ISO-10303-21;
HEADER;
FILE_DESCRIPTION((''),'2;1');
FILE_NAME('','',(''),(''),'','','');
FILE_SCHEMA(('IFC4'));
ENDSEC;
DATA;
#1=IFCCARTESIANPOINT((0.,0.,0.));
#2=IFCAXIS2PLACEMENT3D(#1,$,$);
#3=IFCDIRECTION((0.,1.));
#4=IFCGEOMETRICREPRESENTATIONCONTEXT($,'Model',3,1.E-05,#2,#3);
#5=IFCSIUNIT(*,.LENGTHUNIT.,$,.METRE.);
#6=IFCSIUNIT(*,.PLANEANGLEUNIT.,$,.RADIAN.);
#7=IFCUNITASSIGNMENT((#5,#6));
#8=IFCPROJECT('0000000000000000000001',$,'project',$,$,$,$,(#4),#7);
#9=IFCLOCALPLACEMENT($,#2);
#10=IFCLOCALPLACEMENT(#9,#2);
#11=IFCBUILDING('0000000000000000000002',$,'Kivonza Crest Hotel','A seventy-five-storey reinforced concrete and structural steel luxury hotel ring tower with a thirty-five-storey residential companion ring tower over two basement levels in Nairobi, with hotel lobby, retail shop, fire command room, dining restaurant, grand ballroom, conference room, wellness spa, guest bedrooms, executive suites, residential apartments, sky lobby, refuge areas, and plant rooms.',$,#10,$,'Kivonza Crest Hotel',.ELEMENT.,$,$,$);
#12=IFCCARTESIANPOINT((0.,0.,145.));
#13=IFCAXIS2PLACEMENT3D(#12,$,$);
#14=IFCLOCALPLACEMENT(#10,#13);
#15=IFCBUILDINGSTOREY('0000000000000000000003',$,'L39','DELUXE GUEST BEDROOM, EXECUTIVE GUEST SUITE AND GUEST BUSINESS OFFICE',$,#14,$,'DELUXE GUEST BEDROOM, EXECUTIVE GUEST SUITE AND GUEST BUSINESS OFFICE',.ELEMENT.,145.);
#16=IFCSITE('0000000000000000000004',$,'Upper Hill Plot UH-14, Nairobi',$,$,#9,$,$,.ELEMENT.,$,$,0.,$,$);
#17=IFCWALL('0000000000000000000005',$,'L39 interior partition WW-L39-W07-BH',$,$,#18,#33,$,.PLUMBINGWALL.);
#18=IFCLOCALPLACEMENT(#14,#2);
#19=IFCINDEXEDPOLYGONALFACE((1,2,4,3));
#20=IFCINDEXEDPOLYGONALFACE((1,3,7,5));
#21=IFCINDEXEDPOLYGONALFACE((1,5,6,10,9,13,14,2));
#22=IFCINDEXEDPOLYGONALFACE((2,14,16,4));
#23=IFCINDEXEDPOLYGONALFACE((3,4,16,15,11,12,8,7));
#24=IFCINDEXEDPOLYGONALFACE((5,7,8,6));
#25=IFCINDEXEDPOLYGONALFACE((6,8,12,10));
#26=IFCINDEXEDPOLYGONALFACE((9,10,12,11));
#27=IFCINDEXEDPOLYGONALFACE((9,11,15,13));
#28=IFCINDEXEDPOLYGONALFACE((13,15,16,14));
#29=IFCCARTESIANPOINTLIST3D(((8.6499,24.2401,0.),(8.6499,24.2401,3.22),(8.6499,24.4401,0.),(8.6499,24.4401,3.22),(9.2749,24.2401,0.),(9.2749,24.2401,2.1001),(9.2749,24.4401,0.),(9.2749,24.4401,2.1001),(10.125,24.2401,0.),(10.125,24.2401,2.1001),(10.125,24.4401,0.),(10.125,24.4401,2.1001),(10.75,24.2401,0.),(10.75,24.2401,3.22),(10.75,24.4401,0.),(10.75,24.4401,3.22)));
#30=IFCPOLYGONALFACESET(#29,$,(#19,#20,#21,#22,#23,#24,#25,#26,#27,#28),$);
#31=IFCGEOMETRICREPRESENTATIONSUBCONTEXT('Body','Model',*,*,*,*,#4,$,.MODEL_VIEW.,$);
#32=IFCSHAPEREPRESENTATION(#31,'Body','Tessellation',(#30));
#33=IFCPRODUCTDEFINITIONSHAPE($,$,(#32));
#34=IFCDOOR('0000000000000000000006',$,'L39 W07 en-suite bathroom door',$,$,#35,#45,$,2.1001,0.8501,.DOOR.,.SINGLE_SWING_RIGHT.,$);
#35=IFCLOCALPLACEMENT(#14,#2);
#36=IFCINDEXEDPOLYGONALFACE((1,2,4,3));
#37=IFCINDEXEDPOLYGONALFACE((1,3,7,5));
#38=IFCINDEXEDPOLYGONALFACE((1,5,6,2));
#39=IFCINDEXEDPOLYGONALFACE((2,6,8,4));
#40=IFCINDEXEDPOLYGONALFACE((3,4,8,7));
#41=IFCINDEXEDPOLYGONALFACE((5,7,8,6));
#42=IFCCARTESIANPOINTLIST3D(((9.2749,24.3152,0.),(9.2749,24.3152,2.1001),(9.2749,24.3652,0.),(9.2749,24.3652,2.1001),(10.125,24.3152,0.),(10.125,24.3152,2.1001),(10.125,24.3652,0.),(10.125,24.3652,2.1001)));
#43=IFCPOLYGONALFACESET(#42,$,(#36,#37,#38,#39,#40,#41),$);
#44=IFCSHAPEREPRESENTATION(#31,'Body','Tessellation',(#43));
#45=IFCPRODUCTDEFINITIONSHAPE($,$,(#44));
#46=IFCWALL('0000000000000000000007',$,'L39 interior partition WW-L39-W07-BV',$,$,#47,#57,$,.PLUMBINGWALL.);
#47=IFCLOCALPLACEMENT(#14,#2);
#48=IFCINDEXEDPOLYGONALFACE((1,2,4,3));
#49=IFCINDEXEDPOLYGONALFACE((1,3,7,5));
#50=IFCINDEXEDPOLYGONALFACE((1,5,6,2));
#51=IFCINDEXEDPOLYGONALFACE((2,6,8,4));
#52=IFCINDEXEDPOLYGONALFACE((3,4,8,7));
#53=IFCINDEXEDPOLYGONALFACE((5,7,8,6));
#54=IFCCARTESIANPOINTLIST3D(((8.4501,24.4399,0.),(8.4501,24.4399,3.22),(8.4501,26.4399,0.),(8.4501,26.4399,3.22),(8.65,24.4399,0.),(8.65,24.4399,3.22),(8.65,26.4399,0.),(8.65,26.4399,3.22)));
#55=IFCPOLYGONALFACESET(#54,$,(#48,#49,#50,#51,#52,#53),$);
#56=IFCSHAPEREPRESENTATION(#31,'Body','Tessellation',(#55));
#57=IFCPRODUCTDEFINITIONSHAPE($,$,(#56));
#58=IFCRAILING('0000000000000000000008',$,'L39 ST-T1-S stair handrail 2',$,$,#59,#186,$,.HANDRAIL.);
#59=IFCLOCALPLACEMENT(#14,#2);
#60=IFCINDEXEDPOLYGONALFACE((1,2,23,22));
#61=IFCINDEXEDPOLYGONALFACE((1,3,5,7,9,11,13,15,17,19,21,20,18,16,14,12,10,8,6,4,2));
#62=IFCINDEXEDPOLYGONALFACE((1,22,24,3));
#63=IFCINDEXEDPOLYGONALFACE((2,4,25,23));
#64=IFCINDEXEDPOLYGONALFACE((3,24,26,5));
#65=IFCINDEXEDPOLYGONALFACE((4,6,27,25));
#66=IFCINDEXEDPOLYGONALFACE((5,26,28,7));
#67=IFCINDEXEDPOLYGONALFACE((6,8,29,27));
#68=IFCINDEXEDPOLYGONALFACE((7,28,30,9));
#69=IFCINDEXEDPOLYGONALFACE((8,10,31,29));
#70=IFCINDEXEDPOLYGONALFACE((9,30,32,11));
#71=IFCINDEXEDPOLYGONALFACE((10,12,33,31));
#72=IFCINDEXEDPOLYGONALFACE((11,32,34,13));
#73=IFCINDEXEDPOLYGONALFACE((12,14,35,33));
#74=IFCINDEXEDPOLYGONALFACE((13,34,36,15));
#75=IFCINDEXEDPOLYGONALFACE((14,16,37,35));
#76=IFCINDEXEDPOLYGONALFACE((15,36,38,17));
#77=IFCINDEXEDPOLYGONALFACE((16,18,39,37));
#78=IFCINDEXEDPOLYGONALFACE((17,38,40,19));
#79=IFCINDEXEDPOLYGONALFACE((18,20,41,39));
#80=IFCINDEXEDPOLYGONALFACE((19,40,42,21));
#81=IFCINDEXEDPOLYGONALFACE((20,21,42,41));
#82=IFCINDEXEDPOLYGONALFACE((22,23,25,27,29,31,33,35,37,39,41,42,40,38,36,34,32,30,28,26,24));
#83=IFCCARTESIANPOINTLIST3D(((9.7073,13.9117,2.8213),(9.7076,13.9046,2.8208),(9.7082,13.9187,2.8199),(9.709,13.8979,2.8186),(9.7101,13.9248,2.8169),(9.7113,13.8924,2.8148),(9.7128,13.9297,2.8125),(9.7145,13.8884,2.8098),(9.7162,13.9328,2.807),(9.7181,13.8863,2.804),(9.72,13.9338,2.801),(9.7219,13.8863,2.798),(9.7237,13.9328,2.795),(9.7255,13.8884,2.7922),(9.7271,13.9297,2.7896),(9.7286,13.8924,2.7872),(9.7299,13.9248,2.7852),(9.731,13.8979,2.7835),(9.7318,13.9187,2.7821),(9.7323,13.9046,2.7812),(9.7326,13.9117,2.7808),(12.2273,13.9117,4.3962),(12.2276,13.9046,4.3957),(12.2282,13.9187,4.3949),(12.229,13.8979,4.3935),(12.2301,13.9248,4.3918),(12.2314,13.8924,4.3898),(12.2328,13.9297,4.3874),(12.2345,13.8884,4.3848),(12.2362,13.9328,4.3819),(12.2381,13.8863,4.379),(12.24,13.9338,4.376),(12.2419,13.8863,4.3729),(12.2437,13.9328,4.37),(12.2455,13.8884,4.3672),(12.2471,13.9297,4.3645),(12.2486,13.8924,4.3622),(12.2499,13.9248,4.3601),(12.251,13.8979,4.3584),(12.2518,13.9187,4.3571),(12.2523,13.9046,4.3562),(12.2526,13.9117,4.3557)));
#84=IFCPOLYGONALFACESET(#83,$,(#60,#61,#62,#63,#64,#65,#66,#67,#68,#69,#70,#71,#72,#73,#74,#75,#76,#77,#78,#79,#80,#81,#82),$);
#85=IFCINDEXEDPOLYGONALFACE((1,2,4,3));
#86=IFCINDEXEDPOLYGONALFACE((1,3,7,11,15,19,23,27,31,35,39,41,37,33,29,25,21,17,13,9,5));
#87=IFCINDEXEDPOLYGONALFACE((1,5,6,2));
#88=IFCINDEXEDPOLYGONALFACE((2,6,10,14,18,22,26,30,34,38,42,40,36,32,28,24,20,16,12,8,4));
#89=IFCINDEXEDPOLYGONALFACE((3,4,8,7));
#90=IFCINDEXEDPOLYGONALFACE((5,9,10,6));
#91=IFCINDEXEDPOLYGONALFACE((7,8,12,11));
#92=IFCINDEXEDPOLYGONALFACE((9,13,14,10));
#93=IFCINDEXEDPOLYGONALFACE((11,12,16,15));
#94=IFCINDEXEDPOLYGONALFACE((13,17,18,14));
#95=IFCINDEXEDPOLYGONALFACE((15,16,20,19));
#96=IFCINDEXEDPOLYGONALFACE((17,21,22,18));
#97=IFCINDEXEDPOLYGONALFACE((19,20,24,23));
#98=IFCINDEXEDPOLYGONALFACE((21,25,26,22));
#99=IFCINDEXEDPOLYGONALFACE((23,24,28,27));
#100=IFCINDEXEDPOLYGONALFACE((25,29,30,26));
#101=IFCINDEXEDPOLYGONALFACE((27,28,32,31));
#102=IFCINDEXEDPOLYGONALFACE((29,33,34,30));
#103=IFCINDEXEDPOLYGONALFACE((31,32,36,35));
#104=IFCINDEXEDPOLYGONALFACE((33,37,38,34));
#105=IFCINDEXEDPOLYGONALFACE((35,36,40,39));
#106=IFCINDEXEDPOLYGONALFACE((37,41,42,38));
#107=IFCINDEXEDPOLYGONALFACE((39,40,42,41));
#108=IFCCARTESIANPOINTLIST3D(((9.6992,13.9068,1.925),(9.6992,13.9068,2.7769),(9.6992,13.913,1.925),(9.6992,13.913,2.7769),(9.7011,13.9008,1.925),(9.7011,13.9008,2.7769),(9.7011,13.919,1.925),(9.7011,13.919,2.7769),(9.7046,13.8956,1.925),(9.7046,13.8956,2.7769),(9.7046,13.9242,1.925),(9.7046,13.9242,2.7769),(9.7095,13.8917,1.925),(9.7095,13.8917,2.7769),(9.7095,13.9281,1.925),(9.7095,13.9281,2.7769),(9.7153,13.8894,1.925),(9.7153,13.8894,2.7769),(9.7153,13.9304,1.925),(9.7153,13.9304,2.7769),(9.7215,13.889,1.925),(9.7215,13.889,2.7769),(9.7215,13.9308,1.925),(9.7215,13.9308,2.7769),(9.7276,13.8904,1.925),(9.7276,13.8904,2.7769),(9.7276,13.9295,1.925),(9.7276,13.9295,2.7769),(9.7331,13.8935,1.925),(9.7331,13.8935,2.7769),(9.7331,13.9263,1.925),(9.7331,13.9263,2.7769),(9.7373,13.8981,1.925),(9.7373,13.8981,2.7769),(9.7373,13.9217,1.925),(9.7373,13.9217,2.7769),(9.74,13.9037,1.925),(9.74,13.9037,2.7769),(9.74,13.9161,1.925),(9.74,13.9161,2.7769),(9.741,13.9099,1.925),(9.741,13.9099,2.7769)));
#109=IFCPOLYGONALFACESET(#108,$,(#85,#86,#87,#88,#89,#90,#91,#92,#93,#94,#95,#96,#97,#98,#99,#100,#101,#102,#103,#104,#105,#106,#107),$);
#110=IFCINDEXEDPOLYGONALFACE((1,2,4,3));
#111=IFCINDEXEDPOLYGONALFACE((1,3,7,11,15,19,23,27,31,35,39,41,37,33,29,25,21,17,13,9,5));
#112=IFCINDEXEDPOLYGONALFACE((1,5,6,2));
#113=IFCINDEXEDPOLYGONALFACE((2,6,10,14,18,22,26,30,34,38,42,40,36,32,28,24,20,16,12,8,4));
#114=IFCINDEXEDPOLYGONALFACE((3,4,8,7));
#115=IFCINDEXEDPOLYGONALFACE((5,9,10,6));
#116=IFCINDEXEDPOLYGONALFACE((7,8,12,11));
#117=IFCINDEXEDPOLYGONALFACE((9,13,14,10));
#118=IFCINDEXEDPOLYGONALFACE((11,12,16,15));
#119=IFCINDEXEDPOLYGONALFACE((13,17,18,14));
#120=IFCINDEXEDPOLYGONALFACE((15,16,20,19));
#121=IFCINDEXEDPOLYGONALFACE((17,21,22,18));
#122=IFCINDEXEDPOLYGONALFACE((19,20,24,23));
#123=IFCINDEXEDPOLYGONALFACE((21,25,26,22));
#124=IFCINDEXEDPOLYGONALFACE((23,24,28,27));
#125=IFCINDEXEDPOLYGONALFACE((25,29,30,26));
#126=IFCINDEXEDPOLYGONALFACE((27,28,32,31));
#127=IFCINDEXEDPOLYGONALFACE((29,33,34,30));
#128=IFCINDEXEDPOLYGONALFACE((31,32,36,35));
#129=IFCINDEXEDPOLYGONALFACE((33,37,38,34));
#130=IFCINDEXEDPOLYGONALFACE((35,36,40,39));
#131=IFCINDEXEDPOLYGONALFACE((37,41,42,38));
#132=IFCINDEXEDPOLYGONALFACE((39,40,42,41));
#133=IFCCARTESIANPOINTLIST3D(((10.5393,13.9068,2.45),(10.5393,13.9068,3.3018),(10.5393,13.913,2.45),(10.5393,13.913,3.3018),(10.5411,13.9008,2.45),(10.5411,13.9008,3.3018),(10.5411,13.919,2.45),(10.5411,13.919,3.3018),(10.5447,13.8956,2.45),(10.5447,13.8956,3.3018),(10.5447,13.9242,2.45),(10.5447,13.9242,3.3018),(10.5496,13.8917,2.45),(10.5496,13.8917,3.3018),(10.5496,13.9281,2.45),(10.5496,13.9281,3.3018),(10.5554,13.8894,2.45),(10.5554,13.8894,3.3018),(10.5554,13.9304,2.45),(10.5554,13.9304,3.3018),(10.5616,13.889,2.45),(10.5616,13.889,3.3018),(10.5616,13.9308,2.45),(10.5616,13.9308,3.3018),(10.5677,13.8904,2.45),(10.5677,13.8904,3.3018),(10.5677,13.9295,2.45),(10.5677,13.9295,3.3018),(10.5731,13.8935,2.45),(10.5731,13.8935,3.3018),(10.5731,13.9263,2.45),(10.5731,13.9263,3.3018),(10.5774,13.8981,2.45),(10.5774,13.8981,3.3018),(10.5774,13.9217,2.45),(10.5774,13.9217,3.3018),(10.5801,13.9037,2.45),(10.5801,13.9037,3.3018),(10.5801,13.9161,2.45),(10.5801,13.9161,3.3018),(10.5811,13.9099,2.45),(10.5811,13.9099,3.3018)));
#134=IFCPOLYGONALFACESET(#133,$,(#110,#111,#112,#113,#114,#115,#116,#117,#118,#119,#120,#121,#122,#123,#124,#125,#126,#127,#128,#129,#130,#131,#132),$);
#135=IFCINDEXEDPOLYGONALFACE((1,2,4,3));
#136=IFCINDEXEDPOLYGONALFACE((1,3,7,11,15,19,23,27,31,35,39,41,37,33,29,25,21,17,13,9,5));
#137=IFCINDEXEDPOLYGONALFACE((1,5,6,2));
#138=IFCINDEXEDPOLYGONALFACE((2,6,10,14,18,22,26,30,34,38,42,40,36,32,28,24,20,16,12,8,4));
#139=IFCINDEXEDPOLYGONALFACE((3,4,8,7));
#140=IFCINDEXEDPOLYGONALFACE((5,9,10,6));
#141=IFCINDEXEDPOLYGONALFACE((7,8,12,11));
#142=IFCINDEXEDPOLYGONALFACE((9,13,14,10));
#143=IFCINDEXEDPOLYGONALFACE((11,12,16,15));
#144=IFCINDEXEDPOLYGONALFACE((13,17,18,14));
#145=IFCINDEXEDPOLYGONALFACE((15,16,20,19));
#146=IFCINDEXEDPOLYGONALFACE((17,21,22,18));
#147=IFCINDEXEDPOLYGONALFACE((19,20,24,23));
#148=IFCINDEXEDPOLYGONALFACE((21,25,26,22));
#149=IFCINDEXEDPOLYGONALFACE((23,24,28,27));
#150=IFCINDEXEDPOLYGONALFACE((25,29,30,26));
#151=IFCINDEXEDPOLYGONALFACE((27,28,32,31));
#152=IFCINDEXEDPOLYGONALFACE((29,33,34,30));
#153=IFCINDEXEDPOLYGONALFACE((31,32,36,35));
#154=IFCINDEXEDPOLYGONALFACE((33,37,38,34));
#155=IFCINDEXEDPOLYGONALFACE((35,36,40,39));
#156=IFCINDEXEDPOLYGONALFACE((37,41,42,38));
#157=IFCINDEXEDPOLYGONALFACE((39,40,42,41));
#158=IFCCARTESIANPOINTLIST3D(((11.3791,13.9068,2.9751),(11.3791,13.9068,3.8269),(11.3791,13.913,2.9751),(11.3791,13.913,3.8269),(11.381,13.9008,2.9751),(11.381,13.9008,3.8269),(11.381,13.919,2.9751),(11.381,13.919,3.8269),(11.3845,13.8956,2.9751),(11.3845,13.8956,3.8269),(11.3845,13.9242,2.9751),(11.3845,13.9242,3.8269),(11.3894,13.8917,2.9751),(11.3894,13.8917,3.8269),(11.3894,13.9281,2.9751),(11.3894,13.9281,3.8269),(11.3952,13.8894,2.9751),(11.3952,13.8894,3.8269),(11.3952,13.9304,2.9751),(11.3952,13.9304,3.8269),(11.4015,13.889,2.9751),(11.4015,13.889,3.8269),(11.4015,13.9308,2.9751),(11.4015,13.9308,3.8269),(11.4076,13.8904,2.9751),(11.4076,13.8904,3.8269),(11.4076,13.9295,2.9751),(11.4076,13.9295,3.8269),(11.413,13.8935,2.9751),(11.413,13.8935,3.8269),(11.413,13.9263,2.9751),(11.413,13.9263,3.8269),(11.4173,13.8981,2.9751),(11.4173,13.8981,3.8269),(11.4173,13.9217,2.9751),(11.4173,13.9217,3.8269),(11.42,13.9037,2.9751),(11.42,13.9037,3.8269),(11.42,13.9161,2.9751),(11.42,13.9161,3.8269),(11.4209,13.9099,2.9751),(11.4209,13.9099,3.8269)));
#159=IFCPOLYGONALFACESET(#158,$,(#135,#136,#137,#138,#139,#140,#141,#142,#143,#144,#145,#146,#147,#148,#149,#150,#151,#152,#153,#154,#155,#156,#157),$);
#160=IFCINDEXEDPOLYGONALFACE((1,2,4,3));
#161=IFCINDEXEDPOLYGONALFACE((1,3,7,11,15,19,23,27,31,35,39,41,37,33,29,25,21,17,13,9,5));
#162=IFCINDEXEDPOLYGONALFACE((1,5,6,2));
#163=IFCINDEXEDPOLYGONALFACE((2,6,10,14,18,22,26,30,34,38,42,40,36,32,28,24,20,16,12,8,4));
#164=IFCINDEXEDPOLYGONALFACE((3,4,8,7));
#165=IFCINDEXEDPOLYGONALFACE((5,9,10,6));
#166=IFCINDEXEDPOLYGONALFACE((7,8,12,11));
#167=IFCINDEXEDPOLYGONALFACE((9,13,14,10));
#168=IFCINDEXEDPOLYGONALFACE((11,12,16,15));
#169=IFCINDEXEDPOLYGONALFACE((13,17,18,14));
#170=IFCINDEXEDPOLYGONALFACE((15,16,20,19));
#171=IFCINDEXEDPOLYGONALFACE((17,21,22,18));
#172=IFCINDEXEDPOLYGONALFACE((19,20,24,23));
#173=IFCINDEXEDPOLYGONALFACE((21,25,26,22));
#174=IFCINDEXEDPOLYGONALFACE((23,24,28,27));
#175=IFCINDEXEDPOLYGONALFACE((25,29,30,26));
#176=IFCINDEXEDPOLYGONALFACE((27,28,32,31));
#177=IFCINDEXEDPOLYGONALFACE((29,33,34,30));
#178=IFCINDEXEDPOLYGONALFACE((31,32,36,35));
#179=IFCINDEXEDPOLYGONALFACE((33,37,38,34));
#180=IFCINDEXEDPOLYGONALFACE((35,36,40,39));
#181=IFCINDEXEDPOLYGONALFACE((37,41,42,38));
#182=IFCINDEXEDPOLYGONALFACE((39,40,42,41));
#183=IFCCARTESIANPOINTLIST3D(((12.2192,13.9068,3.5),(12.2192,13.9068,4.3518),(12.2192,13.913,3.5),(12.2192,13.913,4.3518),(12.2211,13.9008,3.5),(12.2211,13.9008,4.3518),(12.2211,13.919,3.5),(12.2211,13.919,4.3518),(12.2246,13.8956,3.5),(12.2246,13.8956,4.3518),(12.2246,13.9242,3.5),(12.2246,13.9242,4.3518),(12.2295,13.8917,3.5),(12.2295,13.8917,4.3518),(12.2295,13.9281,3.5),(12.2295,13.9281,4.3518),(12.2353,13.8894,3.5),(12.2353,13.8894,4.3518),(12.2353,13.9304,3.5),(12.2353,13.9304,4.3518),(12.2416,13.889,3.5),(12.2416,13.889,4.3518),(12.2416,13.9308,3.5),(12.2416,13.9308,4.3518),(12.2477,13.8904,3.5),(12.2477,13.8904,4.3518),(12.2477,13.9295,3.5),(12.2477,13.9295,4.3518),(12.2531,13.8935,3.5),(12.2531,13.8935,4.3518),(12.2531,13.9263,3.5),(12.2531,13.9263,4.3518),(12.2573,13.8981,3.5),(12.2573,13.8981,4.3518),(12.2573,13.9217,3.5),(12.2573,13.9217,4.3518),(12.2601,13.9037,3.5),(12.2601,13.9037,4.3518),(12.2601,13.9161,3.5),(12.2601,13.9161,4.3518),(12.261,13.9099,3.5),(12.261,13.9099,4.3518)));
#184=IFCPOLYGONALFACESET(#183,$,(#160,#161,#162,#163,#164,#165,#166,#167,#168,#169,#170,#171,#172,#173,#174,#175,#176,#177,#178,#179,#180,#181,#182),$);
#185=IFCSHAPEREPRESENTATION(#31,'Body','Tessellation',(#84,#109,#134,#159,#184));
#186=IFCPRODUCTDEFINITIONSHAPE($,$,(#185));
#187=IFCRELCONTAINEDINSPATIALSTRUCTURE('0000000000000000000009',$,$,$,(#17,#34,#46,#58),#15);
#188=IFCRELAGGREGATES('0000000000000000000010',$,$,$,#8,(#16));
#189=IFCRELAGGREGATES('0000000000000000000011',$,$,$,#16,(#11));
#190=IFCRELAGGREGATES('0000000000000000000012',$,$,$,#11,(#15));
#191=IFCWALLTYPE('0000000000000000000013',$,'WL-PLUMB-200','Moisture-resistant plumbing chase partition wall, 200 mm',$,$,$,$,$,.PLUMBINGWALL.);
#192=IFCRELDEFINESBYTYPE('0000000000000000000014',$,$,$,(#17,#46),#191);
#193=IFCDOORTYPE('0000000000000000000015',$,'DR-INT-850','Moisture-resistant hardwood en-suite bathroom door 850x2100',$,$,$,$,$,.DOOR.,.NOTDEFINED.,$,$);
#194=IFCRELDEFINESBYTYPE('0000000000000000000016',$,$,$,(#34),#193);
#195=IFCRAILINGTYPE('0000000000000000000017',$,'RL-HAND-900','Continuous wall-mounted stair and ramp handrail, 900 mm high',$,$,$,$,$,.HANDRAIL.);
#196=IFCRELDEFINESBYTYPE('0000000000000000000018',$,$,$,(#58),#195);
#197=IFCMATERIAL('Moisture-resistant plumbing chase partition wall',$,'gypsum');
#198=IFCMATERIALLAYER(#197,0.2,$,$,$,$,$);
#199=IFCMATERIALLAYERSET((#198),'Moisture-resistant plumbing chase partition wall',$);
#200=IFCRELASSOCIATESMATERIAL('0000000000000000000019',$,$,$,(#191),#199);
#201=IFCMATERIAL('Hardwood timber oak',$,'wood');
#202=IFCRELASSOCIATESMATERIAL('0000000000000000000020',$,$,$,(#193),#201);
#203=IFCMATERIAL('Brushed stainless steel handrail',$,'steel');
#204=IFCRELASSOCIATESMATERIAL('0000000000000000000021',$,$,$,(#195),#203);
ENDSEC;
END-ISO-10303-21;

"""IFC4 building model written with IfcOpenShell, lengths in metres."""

from ifc_helpers import new_model, si_unit, direction, frame, frame_2d, origin, origin_2d, place, context, subcontext, project, spatial, rectangle, circle, extrude, material, layer, layer_set, type_object, element, fill, save


model = new_model("IFC4")

# Units and contexts
model_context = context("Model", 3, precision=1e-05, world=origin(), true_north=direction((0.0, 1.0)))
body_context = subcontext(model_context, "Body", "Model", "MODEL_VIEW")
ifc_project = project(units=[si_unit("LENGTHUNIT", "METRE"), si_unit("PLANEANGLEUNIT", "RADIAN")], contexts=[model_context])

# Site, building, storey
site_placement = place(None, origin())
site = spatial("IfcSite", under=ifc_project, at=site_placement, Name="Upper Hill Plot UH-14, Nairobi", CompositionType="ELEMENT", RefElevation=0.0)
building_placement = place(site_placement, origin())
building = spatial("IfcBuilding", under=site, at=building_placement, Name="Kivonza Crest Hotel", Description="A seventy-five-storey reinforced concrete and structural steel luxury hotel ring tower with a thirty-five-storey residential companion ring tower over two basement levels in Nairobi, with hotel lobby, retail shop, fire command room, dining restaurant, grand ballroom, conference room, wellness spa, guest bedrooms, executive suites, residential apartments, sky lobby, refuge areas, and plant rooms.", LongName="Kivonza Crest Hotel", CompositionType="ELEMENT")
storey_placement = place(building_placement, frame((0.0, 0.0, 145.0)))
storey = spatial("IfcBuildingStorey", under=building, at=storey_placement, Name="L39", Description="DELUXE GUEST BEDROOM, EXECUTIVE GUEST SUITE AND GUEST BUSINESS OFFICE", LongName="DELUXE GUEST BEDROOM, EXECUTIVE GUEST SUITE AND GUEST BUSINESS OFFICE", CompositionType="ELEMENT", Elevation=145.0)

# Shared definitions
ifc_material_1 = material(Name="Hardwood timber oak", Category="wood")

# Wall, opening, door
ifc_material_2 = material(Name="Moisture-resistant plumbing chase partition wall", Category="gypsum")
ifc_layer_1 = layer(ifc_material_2, 0.2)
ifc_layer_set_1 = layer_set([ifc_layer_1], Name="Moisture-resistant plumbing chase partition wall")
wall_type_1 = type_object("IfcWallType", Name="WL-PLUMB-200", Description="Moisture-resistant plumbing chase partition wall, 200 mm", PredefinedType="PLUMBINGWALL", material=ifc_layer_set_1)
wall_1_placement = place(storey_placement, frame((8.6499, 24.3401, 0.0), z_axis=(0.0, 0.0, 1.0), x_axis=(1.0, 0.0, 0.0)))
wall_1 = element("IfcWall", 1, at=wall_1_placement, inside=storey, type_object=wall_type_1, Name="L39 interior partition WW-L39-W07-BH", PredefinedType="PLUMBINGWALL", context=body_context, shape_type="SweptSolid", body=[
    extrude(rectangle(XDim=2.1001, YDim=0.2, at=frame_2d((1.05, 0.0))), origin(), (0.0, 0.0, 1.0), 3.22),
])
opening_1_placement = place(wall_1_placement, frame((0.625, 0.0, 0.0)))
opening_1 = element("IfcOpeningElement", 2, at=opening_1_placement, cuts=wall_1, PredefinedType="OPENING", context=body_context, shape_type="SweptSolid", body=[
    extrude(rectangle(XDim=0.8501, YDim=2.1001, at=frame_2d((0.425, 1.05))), frame((0.0, 0.1099, 0.0), z_axis=(0.0, -1.0, 0.0), x_axis=(1.0, 0.0, 0.0)), (0.0, 0.0, 1.0), 0.22),
])
door_type_1 = type_object("IfcDoorType", Name="DR-INT-850", Description="Moisture-resistant hardwood en-suite bathroom door 850x2100", OperationType="NOTDEFINED", PredefinedType="DOOR", material=ifc_material_1)
door_1_placement = place(opening_1_placement, frame((0.8501, 0.0, 0.0), z_axis=(0.0, 0.0, 1.0), x_axis=(-1.0, 0.0, 0.0)))
door_1 = element("IfcDoor", 3, at=door_1_placement, inside=storey, type_object=door_type_1, Name="L39 W07 en-suite bathroom door", OperationType="SINGLE_SWING_RIGHT", OverallHeight=2.1001, OverallWidth=0.8501, PredefinedType="DOOR", context=body_context, shape_type="SweptSolid", body=[
    extrude(rectangle(XDim=0.8501, YDim=2.1001, at=frame_2d((0.425, 1.05))), frame((0.0, 0.0249, 0.0), z_axis=(0.0, -1.0, 0.0), x_axis=(1.0, 0.0, 0.0)), (0.0, 0.0, 1.0), 0.05),
])
fill(opening_1, door_1)

# Wall
wall_2_placement = place(storey_placement, frame((8.55, 24.4399, 0.0), z_axis=(0.0, 0.0, 1.0), x_axis=(0.0, 1.0, 0.0)))
element("IfcWall", 4, at=wall_2_placement, inside=storey, type_object=wall_type_1, Name="L39 interior partition WW-L39-W07-BV", PredefinedType="PLUMBINGWALL", context=body_context, shape_type="SweptSolid", body=[
    extrude(rectangle(XDim=2.0, YDim=0.2, at=frame_2d((1.0, 0.0))), origin(), (0.0, 0.0, 1.0), 3.22),
])

# Railing
ifc_material_3 = material(Name="Brushed stainless steel handrail", Category="steel")
railing_type_1 = type_object("IfcRailingType", Name="RL-HAND-900", Description="Continuous wall-mounted stair and ramp handrail, 900 mm high", PredefinedType="HANDRAIL", material=ifc_material_3)
railing_1_placement = place(storey_placement, frame((9.72, 13.9099, 1.925)))
element("IfcRailing", 5, at=railing_1_placement, inside=storey, type_object=railing_type_1, Name="L39 ST-T1-S stair handrail 2", PredefinedType="HANDRAIL", context=body_context, shape_type="SweptSolid", body=[
    extrude(circle(Radius=0.0239, at=origin_2d()), frame((0.0, 0.0, 0.876), z_axis=(0.848008, 0.0, 0.529984), x_axis=(0.0, 1.0, 0.0)), (0.0, 0.0, 1.0), 2.9717),
    extrude(circle(Radius=0.021, at=origin_2d()), origin(), (0.0, 0.0, 1.0), 0.8518),
    extrude(circle(Radius=0.021, at=origin_2d()), frame((0.8401, 0.0, 0.5249)), (0.0, 0.0, 1.0), 0.8518),
    extrude(circle(Radius=0.021, at=origin_2d()), frame((1.6799, 0.0, 1.05)), (0.0, 0.0, 1.0), 0.8518),
    extrude(circle(Radius=0.021, at=origin_2d()), frame((2.52, 0.0, 1.575)), (0.0, 0.0, 1.0), 0.8518),
])

save(model, "model.ifc")
